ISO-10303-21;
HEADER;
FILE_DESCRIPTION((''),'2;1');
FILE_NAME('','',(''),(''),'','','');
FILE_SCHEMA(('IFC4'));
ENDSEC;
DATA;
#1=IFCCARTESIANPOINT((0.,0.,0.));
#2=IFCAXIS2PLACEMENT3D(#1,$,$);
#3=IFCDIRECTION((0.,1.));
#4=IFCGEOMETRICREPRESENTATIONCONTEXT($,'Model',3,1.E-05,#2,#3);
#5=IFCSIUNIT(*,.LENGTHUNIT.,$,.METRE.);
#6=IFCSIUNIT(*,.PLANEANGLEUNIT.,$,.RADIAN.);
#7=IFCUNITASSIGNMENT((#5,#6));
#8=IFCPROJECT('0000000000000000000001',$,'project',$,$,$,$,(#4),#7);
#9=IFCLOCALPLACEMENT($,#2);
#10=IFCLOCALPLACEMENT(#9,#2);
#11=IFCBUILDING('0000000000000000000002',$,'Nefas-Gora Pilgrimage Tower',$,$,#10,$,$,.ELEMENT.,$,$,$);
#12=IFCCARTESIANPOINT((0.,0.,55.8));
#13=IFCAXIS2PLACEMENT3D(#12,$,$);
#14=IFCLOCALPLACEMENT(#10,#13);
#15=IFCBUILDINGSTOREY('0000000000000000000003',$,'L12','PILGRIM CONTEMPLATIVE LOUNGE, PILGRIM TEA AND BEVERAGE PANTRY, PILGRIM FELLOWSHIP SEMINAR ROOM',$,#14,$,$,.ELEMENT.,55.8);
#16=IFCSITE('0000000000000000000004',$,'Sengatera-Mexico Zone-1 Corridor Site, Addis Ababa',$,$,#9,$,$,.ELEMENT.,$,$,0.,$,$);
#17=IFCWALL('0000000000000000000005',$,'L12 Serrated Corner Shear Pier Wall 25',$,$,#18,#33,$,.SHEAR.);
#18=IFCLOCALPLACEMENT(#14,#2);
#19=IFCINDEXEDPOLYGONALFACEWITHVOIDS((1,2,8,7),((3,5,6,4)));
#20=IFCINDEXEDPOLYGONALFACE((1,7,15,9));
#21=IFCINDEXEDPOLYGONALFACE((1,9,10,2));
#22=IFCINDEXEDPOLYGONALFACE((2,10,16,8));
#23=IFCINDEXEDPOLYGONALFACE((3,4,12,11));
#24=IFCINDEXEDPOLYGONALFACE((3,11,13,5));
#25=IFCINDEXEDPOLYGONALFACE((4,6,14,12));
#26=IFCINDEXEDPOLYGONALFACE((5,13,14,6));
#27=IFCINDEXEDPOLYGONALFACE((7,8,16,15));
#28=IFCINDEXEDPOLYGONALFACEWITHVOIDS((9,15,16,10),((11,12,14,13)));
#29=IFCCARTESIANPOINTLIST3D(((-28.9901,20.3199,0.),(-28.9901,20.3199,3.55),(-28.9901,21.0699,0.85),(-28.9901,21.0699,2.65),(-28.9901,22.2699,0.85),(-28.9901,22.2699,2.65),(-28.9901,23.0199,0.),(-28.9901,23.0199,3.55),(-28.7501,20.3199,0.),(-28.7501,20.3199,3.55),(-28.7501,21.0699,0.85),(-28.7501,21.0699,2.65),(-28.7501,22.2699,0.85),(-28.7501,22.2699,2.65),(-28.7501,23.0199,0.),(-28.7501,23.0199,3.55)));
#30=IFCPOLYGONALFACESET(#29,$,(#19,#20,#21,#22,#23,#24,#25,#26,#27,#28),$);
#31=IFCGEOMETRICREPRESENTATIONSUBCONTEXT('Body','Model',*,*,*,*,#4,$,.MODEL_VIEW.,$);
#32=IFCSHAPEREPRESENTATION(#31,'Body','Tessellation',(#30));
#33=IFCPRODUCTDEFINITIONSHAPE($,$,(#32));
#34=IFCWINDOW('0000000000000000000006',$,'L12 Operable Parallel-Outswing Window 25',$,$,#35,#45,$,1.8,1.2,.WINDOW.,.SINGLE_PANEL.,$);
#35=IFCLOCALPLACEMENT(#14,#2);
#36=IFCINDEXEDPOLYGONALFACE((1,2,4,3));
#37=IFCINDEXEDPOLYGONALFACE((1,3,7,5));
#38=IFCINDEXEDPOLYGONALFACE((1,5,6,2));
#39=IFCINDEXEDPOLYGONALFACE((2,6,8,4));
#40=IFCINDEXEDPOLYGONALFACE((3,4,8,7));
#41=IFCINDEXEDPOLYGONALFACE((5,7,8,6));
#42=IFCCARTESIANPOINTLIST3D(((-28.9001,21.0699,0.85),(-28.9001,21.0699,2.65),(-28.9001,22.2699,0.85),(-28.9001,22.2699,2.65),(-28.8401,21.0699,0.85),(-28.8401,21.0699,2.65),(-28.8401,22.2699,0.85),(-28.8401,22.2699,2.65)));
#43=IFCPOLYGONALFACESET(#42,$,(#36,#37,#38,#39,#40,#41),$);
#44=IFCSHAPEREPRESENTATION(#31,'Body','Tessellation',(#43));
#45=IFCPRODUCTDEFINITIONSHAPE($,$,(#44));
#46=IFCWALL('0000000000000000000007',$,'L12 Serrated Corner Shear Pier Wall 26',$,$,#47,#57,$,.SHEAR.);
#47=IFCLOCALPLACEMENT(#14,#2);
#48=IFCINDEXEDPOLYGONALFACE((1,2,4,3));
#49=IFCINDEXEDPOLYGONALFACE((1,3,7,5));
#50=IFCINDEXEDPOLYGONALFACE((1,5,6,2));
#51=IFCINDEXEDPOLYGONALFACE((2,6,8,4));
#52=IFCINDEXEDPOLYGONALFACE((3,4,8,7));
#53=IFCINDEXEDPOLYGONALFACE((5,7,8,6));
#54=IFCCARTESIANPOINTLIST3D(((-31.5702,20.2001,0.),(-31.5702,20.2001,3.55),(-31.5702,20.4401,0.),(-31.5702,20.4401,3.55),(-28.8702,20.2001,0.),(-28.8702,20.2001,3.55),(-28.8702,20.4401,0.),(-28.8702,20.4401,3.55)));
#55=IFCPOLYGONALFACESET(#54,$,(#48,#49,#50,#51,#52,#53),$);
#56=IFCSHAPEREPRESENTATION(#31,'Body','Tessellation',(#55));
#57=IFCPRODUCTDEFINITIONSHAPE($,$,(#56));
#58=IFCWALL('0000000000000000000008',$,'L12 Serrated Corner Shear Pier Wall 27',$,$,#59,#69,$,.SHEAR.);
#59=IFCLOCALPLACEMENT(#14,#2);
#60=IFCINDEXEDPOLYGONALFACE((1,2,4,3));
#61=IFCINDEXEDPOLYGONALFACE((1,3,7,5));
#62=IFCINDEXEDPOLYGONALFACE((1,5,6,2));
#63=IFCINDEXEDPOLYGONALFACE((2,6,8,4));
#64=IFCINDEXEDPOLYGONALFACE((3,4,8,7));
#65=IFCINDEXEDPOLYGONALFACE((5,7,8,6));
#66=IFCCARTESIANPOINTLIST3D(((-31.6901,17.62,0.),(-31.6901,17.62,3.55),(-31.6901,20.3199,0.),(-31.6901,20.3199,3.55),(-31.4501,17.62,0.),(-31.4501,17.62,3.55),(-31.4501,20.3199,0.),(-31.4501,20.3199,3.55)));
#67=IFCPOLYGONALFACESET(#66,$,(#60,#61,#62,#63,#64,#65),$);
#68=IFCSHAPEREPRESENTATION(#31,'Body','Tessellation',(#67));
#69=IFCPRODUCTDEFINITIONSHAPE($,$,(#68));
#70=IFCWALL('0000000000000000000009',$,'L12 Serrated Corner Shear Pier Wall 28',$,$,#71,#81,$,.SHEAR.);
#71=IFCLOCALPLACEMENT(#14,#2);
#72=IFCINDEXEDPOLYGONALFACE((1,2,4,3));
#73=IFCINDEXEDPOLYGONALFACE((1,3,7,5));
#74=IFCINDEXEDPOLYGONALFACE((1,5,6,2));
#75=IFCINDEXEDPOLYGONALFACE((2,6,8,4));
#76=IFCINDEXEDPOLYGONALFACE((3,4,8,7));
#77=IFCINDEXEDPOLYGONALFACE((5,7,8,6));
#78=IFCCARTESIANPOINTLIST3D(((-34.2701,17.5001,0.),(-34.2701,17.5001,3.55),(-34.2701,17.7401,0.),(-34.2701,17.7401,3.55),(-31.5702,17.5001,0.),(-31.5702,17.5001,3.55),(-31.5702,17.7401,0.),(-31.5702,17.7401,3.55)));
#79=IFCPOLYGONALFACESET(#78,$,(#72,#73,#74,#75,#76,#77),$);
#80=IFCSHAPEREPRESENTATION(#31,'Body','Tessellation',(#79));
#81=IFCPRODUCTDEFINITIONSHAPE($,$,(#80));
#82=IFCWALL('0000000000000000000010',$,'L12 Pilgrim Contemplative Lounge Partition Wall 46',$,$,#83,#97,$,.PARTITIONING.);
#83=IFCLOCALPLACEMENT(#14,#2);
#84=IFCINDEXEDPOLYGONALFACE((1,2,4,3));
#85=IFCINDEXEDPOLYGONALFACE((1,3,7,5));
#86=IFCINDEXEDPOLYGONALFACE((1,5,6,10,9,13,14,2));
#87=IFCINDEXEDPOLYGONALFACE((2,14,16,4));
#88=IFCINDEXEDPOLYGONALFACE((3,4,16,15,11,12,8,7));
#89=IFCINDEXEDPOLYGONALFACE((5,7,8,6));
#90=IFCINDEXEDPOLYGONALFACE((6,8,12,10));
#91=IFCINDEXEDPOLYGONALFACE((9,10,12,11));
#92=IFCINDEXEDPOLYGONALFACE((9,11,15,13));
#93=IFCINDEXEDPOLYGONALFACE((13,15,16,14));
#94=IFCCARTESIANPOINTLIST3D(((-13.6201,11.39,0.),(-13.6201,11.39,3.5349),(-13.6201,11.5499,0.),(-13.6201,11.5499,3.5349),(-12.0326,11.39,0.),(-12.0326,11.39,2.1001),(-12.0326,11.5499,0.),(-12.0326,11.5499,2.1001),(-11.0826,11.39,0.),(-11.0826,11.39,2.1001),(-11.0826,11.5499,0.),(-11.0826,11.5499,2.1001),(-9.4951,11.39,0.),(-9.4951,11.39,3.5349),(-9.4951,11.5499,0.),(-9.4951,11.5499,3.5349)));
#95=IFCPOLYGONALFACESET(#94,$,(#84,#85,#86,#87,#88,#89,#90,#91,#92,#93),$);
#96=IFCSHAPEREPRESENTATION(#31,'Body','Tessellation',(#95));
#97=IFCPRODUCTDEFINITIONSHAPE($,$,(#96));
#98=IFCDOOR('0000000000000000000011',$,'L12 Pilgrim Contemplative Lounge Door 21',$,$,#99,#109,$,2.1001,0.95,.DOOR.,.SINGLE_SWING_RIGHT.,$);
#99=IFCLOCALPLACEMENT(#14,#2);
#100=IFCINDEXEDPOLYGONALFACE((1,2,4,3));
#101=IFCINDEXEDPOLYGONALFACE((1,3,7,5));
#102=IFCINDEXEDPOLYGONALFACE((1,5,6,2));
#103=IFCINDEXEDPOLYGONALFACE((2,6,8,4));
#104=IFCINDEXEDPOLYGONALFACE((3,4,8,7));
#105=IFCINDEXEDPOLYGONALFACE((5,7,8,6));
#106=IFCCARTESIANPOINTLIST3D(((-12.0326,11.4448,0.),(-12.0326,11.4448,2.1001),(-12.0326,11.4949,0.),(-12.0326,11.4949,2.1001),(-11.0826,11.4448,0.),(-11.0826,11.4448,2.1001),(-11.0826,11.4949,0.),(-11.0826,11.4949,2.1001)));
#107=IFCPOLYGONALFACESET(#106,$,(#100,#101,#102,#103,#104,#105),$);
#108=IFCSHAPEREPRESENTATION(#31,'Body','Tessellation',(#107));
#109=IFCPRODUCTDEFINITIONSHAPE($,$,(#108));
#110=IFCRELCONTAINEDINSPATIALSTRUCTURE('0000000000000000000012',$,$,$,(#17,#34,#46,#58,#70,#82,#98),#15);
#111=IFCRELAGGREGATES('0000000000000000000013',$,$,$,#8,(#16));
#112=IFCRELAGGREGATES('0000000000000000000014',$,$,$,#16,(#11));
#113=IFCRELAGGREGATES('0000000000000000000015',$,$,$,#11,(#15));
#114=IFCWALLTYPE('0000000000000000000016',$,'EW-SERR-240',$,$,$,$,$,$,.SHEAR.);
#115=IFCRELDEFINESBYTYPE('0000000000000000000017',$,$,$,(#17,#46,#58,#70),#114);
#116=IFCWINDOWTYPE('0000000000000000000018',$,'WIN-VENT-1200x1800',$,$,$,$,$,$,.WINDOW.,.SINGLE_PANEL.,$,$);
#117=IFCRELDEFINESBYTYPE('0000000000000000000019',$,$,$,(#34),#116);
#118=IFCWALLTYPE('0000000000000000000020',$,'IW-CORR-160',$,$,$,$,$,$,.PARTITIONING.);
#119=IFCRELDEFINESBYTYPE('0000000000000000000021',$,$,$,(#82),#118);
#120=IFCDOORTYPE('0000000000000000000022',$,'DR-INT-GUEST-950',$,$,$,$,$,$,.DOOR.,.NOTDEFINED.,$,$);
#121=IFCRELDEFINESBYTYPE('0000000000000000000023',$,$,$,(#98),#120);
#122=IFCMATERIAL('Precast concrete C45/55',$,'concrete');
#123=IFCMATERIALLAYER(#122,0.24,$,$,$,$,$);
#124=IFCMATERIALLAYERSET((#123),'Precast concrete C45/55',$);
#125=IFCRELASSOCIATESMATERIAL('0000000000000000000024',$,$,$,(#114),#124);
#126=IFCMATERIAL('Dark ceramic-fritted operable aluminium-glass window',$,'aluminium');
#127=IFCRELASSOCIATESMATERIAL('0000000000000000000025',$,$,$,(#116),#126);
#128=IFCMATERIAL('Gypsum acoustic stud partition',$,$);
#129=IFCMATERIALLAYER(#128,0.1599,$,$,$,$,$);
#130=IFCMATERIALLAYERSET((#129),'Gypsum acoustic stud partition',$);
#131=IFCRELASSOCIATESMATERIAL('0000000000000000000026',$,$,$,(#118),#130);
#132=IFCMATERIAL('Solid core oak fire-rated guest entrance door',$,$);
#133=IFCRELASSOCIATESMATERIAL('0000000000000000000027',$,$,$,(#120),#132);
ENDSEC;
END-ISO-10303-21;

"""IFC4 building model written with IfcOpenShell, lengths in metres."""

from ifc_helpers import new_model, si_unit, direction, frame, frame_2d, origin, place, context, subcontext, project, spatial, rectangle, extrude, source, transform, mapped, material, layer, layer_set, type_object, element, fill, save


model = new_model("IFC4")

# Units and contexts
model_context = context("Model", 3, precision=1e-05, world=origin(), true_north=direction((0.0, 1.0)))
body_context = subcontext(model_context, "Body", "Model", "MODEL_VIEW")
ifc_project = project(units=[si_unit("LENGTHUNIT", "METRE"), si_unit("PLANEANGLEUNIT", "RADIAN")], contexts=[model_context])

# Site, building, storey
site_placement = place(None, origin())
site = spatial("IfcSite", under=ifc_project, at=site_placement, Name="Sengatera-Mexico Zone-1 Corridor Site, Addis Ababa", CompositionType="ELEMENT", RefElevation=0.0)
building_placement = place(site_placement, origin())
building = spatial("IfcBuilding", under=site, at=building_placement, Name="Nefas-Gora Pilgrimage Tower", CompositionType="ELEMENT")
storey_placement = place(building_placement, frame((0.0, 0.0, 55.8)))
storey = spatial("IfcBuildingStorey", under=building, at=storey_placement, Name="L12", Description="PILGRIM CONTEMPLATIVE LOUNGE, PILGRIM TEA AND BEVERAGE PANTRY, PILGRIM FELLOWSHIP SEMINAR ROOM", CompositionType="ELEMENT", Elevation=55.8)

# Wall, opening, window
ifc_material_1 = material(Name="Precast concrete C45/55", Category="concrete")
ifc_layer_1 = layer(ifc_material_1, 0.24)
ifc_layer_set_1 = layer_set([ifc_layer_1], Name="Precast concrete C45/55")
wall_type_1 = type_object("IfcWallType", Name="EW-SERR-240", PredefinedType="SHEAR", material=ifc_layer_set_1)
shared_shape_1 = source(origin(), body_context, "Body", "SweptSolid", [
    extrude(rectangle(XDim=2.7, YDim=0.24, at=frame_2d((1.3501, 0.0))), origin(), (0.0, 0.0, 1.0), 3.55),
])
wall_1_placement = place(storey_placement, frame((-28.8701, 23.02, 0.0), z_axis=(0.0, 0.0, 1.0), x_axis=(0.0, -1.0, 0.0)))
wall_1 = element("IfcWall", 1, at=wall_1_placement, inside=storey, type_object=wall_type_1, Name="L12 Serrated Corner Shear Pier Wall 25", PredefinedType="SHEAR", context=body_context, shape_type="MappedRepresentation", body=[
    mapped(shared_shape_1, transform((0.0, 0.0, 0.0), x_axis=(1.0, 0.0, 0.0), y_axis=(0.0, 1.0, 0.0), z_axis=(0.0, 0.0, 1.0), scale=1.0)),
])
opening_1_placement = place(wall_1_placement, frame((0.75, 0.0, 0.8501)))
opening_1 = element("IfcOpeningElement", 2, at=opening_1_placement, cuts=wall_1, PredefinedType="OPENING", context=body_context, shape_type="SweptSolid", body=[
    extrude(rectangle(XDim=1.2, YDim=1.8, at=frame_2d((0.6001, 0.8999))), frame((0.0, 0.1299, 0.0), z_axis=(0.0, -1.0, 0.0), x_axis=(1.0, 0.0, 0.0)), (0.0, 0.0, 1.0), 0.26),
])
ifc_material_2 = material(Name="Dark ceramic-fritted operable aluminium-glass window", Category="aluminium")
window_type = type_object("IfcWindowType", Name="WIN-VENT-1200x1800", PartitioningType="SINGLE_PANEL", PredefinedType="WINDOW", material=ifc_material_2)
shared_shape_2 = source(origin(), body_context, "Body", "SweptSolid", [
    extrude(rectangle(XDim=1.2, YDim=1.8, at=frame_2d((0.6001, 0.8999))), frame((0.0, 0.03, 0.0), z_axis=(0.0, -1.0, 0.0), x_axis=(1.0, 0.0, 0.0)), (0.0, 0.0, 1.0), 0.0601),
])
window_placement = place(opening_1_placement, origin())
window = element("IfcWindow", 3, at=window_placement, inside=storey, type_object=window_type, Name="L12 Operable Parallel-Outswing Window 25", OverallHeight=1.8, OverallWidth=1.2, PartitioningType="SINGLE_PANEL", PredefinedType="WINDOW", context=body_context, shape_type="MappedRepresentation", body=[
    mapped(shared_shape_2, transform((0.0, 0.0, 0.0), x_axis=(1.0, 0.0, 0.0), y_axis=(0.0, 1.0, 0.0), z_axis=(0.0, 0.0, 1.0), scale=1.0)),
])
fill(opening_1, window)

# Walls
for number, where, z_axis, x_axis, name in (
    (4, (-28.8701, 20.3201, 0.0), (0.0, 0.0, 1.0), (-1.0, 0.0, 0.0), "L12 Serrated Corner Shear Pier Wall 26"),
    (5, (-31.5701, 20.3201, 0.0), (0.0, 0.0, 1.0), (0.0, -1.0, 0.0), "L12 Serrated Corner Shear Pier Wall 27"),
    (6, (-31.5701, 17.6201, 0.0), (0.0, 0.0, 1.0), (-1.0, 0.0, 0.0), "L12 Serrated Corner Shear Pier Wall 28"),
):
    element("IfcWall", number, at=place(storey_placement, frame(where, z_axis=z_axis, x_axis=x_axis)), inside=storey, type_object=wall_type_1, Name=name, PredefinedType="SHEAR", context=body_context, shape_type="MappedRepresentation", body=[
        mapped(shared_shape_1, transform((0.0, 0.0, 0.0), x_axis=(1.0, 0.0, 0.0), y_axis=(0.0, 1.0, 0.0), z_axis=(0.0, 0.0, 1.0), scale=1.0)),
    ])

# Wall, opening, door
ifc_material_3 = material(Name="Gypsum acoustic stud partition")
ifc_layer_2 = layer(ifc_material_3, 0.1599)
ifc_layer_set_2 = layer_set([ifc_layer_2], Name="Gypsum acoustic stud partition")
wall_type_2 = type_object("IfcWallType", Name="IW-CORR-160", PredefinedType="PARTITIONING", material=ifc_layer_set_2)
shared_shape_3 = source(origin(), body_context, "Body", "SweptSolid", [
    extrude(rectangle(XDim=4.125, YDim=0.1599, at=frame_2d((2.0625, 0.0))), origin(), (0.0, 0.0, 1.0), 3.5349),
])
wall_2_placement = place(storey_placement, frame((-13.6201, 11.47, 0.0), z_axis=(0.0, 0.0, 1.0), x_axis=(1.0, 0.0, 0.0)))
wall_2 = element("IfcWall", 7, at=wall_2_placement, inside=storey, type_object=wall_type_2, Name="L12 Pilgrim Contemplative Lounge Partition Wall 46", PredefinedType="PARTITIONING", context=body_context, shape_type="MappedRepresentation", body=[
    mapped(shared_shape_3, transform((0.0, 0.0, 0.0), x_axis=(1.0, 0.0, 0.0), y_axis=(0.0, 1.0, 0.0), z_axis=(0.0, 0.0, 1.0), scale=1.0)),
])
opening_2_placement = place(wall_2_placement, frame((1.5874, 0.0, 0.0)))
opening_2 = element("IfcOpeningElement", 8, at=opening_2_placement, cuts=wall_2, PredefinedType="OPENING", context=body_context, shape_type="SweptSolid", body=[
    extrude(rectangle(XDim=0.95, YDim=2.1001, at=frame_2d((0.4751, 1.05))), frame((0.0, 0.0898, 0.0), z_axis=(0.0, -1.0, 0.0), x_axis=(1.0, 0.0, 0.0)), (0.0, 0.0, 1.0), 0.1799),
])
ifc_material_4 = material(Name="Solid core oak fire-rated guest entrance door")
door_type = type_object("IfcDoorType", Name="DR-INT-GUEST-950", OperationType="NOTDEFINED", PredefinedType="DOOR", material=ifc_material_4)
shared_shape_4 = source(origin(), body_context, "Body", "SweptSolid", [
    extrude(rectangle(XDim=0.95, YDim=2.1001, at=frame_2d((0.4751, 1.05))), frame((0.0, 0.0249, 0.0), z_axis=(0.0, -1.0, 0.0), x_axis=(1.0, 0.0, 0.0)), (0.0, 0.0, 1.0), 0.05),
])
door_placement = place(opening_2_placement, origin())
door = element("IfcDoor", 9, at=door_placement, inside=storey, type_object=door_type, Name="L12 Pilgrim Contemplative Lounge Door 21", OperationType="SINGLE_SWING_RIGHT", OverallHeight=2.1001, OverallWidth=0.95, PredefinedType="DOOR", context=body_context, shape_type="MappedRepresentation", body=[
    mapped(shared_shape_4, transform((0.0, 0.0, 0.0), x_axis=(1.0, 0.0, 0.0), y_axis=(0.0, 1.0, 0.0), z_axis=(0.0, 0.0, 1.0), scale=1.0)),
])
fill(opening_2, door)

save(model, "model.ifc")
